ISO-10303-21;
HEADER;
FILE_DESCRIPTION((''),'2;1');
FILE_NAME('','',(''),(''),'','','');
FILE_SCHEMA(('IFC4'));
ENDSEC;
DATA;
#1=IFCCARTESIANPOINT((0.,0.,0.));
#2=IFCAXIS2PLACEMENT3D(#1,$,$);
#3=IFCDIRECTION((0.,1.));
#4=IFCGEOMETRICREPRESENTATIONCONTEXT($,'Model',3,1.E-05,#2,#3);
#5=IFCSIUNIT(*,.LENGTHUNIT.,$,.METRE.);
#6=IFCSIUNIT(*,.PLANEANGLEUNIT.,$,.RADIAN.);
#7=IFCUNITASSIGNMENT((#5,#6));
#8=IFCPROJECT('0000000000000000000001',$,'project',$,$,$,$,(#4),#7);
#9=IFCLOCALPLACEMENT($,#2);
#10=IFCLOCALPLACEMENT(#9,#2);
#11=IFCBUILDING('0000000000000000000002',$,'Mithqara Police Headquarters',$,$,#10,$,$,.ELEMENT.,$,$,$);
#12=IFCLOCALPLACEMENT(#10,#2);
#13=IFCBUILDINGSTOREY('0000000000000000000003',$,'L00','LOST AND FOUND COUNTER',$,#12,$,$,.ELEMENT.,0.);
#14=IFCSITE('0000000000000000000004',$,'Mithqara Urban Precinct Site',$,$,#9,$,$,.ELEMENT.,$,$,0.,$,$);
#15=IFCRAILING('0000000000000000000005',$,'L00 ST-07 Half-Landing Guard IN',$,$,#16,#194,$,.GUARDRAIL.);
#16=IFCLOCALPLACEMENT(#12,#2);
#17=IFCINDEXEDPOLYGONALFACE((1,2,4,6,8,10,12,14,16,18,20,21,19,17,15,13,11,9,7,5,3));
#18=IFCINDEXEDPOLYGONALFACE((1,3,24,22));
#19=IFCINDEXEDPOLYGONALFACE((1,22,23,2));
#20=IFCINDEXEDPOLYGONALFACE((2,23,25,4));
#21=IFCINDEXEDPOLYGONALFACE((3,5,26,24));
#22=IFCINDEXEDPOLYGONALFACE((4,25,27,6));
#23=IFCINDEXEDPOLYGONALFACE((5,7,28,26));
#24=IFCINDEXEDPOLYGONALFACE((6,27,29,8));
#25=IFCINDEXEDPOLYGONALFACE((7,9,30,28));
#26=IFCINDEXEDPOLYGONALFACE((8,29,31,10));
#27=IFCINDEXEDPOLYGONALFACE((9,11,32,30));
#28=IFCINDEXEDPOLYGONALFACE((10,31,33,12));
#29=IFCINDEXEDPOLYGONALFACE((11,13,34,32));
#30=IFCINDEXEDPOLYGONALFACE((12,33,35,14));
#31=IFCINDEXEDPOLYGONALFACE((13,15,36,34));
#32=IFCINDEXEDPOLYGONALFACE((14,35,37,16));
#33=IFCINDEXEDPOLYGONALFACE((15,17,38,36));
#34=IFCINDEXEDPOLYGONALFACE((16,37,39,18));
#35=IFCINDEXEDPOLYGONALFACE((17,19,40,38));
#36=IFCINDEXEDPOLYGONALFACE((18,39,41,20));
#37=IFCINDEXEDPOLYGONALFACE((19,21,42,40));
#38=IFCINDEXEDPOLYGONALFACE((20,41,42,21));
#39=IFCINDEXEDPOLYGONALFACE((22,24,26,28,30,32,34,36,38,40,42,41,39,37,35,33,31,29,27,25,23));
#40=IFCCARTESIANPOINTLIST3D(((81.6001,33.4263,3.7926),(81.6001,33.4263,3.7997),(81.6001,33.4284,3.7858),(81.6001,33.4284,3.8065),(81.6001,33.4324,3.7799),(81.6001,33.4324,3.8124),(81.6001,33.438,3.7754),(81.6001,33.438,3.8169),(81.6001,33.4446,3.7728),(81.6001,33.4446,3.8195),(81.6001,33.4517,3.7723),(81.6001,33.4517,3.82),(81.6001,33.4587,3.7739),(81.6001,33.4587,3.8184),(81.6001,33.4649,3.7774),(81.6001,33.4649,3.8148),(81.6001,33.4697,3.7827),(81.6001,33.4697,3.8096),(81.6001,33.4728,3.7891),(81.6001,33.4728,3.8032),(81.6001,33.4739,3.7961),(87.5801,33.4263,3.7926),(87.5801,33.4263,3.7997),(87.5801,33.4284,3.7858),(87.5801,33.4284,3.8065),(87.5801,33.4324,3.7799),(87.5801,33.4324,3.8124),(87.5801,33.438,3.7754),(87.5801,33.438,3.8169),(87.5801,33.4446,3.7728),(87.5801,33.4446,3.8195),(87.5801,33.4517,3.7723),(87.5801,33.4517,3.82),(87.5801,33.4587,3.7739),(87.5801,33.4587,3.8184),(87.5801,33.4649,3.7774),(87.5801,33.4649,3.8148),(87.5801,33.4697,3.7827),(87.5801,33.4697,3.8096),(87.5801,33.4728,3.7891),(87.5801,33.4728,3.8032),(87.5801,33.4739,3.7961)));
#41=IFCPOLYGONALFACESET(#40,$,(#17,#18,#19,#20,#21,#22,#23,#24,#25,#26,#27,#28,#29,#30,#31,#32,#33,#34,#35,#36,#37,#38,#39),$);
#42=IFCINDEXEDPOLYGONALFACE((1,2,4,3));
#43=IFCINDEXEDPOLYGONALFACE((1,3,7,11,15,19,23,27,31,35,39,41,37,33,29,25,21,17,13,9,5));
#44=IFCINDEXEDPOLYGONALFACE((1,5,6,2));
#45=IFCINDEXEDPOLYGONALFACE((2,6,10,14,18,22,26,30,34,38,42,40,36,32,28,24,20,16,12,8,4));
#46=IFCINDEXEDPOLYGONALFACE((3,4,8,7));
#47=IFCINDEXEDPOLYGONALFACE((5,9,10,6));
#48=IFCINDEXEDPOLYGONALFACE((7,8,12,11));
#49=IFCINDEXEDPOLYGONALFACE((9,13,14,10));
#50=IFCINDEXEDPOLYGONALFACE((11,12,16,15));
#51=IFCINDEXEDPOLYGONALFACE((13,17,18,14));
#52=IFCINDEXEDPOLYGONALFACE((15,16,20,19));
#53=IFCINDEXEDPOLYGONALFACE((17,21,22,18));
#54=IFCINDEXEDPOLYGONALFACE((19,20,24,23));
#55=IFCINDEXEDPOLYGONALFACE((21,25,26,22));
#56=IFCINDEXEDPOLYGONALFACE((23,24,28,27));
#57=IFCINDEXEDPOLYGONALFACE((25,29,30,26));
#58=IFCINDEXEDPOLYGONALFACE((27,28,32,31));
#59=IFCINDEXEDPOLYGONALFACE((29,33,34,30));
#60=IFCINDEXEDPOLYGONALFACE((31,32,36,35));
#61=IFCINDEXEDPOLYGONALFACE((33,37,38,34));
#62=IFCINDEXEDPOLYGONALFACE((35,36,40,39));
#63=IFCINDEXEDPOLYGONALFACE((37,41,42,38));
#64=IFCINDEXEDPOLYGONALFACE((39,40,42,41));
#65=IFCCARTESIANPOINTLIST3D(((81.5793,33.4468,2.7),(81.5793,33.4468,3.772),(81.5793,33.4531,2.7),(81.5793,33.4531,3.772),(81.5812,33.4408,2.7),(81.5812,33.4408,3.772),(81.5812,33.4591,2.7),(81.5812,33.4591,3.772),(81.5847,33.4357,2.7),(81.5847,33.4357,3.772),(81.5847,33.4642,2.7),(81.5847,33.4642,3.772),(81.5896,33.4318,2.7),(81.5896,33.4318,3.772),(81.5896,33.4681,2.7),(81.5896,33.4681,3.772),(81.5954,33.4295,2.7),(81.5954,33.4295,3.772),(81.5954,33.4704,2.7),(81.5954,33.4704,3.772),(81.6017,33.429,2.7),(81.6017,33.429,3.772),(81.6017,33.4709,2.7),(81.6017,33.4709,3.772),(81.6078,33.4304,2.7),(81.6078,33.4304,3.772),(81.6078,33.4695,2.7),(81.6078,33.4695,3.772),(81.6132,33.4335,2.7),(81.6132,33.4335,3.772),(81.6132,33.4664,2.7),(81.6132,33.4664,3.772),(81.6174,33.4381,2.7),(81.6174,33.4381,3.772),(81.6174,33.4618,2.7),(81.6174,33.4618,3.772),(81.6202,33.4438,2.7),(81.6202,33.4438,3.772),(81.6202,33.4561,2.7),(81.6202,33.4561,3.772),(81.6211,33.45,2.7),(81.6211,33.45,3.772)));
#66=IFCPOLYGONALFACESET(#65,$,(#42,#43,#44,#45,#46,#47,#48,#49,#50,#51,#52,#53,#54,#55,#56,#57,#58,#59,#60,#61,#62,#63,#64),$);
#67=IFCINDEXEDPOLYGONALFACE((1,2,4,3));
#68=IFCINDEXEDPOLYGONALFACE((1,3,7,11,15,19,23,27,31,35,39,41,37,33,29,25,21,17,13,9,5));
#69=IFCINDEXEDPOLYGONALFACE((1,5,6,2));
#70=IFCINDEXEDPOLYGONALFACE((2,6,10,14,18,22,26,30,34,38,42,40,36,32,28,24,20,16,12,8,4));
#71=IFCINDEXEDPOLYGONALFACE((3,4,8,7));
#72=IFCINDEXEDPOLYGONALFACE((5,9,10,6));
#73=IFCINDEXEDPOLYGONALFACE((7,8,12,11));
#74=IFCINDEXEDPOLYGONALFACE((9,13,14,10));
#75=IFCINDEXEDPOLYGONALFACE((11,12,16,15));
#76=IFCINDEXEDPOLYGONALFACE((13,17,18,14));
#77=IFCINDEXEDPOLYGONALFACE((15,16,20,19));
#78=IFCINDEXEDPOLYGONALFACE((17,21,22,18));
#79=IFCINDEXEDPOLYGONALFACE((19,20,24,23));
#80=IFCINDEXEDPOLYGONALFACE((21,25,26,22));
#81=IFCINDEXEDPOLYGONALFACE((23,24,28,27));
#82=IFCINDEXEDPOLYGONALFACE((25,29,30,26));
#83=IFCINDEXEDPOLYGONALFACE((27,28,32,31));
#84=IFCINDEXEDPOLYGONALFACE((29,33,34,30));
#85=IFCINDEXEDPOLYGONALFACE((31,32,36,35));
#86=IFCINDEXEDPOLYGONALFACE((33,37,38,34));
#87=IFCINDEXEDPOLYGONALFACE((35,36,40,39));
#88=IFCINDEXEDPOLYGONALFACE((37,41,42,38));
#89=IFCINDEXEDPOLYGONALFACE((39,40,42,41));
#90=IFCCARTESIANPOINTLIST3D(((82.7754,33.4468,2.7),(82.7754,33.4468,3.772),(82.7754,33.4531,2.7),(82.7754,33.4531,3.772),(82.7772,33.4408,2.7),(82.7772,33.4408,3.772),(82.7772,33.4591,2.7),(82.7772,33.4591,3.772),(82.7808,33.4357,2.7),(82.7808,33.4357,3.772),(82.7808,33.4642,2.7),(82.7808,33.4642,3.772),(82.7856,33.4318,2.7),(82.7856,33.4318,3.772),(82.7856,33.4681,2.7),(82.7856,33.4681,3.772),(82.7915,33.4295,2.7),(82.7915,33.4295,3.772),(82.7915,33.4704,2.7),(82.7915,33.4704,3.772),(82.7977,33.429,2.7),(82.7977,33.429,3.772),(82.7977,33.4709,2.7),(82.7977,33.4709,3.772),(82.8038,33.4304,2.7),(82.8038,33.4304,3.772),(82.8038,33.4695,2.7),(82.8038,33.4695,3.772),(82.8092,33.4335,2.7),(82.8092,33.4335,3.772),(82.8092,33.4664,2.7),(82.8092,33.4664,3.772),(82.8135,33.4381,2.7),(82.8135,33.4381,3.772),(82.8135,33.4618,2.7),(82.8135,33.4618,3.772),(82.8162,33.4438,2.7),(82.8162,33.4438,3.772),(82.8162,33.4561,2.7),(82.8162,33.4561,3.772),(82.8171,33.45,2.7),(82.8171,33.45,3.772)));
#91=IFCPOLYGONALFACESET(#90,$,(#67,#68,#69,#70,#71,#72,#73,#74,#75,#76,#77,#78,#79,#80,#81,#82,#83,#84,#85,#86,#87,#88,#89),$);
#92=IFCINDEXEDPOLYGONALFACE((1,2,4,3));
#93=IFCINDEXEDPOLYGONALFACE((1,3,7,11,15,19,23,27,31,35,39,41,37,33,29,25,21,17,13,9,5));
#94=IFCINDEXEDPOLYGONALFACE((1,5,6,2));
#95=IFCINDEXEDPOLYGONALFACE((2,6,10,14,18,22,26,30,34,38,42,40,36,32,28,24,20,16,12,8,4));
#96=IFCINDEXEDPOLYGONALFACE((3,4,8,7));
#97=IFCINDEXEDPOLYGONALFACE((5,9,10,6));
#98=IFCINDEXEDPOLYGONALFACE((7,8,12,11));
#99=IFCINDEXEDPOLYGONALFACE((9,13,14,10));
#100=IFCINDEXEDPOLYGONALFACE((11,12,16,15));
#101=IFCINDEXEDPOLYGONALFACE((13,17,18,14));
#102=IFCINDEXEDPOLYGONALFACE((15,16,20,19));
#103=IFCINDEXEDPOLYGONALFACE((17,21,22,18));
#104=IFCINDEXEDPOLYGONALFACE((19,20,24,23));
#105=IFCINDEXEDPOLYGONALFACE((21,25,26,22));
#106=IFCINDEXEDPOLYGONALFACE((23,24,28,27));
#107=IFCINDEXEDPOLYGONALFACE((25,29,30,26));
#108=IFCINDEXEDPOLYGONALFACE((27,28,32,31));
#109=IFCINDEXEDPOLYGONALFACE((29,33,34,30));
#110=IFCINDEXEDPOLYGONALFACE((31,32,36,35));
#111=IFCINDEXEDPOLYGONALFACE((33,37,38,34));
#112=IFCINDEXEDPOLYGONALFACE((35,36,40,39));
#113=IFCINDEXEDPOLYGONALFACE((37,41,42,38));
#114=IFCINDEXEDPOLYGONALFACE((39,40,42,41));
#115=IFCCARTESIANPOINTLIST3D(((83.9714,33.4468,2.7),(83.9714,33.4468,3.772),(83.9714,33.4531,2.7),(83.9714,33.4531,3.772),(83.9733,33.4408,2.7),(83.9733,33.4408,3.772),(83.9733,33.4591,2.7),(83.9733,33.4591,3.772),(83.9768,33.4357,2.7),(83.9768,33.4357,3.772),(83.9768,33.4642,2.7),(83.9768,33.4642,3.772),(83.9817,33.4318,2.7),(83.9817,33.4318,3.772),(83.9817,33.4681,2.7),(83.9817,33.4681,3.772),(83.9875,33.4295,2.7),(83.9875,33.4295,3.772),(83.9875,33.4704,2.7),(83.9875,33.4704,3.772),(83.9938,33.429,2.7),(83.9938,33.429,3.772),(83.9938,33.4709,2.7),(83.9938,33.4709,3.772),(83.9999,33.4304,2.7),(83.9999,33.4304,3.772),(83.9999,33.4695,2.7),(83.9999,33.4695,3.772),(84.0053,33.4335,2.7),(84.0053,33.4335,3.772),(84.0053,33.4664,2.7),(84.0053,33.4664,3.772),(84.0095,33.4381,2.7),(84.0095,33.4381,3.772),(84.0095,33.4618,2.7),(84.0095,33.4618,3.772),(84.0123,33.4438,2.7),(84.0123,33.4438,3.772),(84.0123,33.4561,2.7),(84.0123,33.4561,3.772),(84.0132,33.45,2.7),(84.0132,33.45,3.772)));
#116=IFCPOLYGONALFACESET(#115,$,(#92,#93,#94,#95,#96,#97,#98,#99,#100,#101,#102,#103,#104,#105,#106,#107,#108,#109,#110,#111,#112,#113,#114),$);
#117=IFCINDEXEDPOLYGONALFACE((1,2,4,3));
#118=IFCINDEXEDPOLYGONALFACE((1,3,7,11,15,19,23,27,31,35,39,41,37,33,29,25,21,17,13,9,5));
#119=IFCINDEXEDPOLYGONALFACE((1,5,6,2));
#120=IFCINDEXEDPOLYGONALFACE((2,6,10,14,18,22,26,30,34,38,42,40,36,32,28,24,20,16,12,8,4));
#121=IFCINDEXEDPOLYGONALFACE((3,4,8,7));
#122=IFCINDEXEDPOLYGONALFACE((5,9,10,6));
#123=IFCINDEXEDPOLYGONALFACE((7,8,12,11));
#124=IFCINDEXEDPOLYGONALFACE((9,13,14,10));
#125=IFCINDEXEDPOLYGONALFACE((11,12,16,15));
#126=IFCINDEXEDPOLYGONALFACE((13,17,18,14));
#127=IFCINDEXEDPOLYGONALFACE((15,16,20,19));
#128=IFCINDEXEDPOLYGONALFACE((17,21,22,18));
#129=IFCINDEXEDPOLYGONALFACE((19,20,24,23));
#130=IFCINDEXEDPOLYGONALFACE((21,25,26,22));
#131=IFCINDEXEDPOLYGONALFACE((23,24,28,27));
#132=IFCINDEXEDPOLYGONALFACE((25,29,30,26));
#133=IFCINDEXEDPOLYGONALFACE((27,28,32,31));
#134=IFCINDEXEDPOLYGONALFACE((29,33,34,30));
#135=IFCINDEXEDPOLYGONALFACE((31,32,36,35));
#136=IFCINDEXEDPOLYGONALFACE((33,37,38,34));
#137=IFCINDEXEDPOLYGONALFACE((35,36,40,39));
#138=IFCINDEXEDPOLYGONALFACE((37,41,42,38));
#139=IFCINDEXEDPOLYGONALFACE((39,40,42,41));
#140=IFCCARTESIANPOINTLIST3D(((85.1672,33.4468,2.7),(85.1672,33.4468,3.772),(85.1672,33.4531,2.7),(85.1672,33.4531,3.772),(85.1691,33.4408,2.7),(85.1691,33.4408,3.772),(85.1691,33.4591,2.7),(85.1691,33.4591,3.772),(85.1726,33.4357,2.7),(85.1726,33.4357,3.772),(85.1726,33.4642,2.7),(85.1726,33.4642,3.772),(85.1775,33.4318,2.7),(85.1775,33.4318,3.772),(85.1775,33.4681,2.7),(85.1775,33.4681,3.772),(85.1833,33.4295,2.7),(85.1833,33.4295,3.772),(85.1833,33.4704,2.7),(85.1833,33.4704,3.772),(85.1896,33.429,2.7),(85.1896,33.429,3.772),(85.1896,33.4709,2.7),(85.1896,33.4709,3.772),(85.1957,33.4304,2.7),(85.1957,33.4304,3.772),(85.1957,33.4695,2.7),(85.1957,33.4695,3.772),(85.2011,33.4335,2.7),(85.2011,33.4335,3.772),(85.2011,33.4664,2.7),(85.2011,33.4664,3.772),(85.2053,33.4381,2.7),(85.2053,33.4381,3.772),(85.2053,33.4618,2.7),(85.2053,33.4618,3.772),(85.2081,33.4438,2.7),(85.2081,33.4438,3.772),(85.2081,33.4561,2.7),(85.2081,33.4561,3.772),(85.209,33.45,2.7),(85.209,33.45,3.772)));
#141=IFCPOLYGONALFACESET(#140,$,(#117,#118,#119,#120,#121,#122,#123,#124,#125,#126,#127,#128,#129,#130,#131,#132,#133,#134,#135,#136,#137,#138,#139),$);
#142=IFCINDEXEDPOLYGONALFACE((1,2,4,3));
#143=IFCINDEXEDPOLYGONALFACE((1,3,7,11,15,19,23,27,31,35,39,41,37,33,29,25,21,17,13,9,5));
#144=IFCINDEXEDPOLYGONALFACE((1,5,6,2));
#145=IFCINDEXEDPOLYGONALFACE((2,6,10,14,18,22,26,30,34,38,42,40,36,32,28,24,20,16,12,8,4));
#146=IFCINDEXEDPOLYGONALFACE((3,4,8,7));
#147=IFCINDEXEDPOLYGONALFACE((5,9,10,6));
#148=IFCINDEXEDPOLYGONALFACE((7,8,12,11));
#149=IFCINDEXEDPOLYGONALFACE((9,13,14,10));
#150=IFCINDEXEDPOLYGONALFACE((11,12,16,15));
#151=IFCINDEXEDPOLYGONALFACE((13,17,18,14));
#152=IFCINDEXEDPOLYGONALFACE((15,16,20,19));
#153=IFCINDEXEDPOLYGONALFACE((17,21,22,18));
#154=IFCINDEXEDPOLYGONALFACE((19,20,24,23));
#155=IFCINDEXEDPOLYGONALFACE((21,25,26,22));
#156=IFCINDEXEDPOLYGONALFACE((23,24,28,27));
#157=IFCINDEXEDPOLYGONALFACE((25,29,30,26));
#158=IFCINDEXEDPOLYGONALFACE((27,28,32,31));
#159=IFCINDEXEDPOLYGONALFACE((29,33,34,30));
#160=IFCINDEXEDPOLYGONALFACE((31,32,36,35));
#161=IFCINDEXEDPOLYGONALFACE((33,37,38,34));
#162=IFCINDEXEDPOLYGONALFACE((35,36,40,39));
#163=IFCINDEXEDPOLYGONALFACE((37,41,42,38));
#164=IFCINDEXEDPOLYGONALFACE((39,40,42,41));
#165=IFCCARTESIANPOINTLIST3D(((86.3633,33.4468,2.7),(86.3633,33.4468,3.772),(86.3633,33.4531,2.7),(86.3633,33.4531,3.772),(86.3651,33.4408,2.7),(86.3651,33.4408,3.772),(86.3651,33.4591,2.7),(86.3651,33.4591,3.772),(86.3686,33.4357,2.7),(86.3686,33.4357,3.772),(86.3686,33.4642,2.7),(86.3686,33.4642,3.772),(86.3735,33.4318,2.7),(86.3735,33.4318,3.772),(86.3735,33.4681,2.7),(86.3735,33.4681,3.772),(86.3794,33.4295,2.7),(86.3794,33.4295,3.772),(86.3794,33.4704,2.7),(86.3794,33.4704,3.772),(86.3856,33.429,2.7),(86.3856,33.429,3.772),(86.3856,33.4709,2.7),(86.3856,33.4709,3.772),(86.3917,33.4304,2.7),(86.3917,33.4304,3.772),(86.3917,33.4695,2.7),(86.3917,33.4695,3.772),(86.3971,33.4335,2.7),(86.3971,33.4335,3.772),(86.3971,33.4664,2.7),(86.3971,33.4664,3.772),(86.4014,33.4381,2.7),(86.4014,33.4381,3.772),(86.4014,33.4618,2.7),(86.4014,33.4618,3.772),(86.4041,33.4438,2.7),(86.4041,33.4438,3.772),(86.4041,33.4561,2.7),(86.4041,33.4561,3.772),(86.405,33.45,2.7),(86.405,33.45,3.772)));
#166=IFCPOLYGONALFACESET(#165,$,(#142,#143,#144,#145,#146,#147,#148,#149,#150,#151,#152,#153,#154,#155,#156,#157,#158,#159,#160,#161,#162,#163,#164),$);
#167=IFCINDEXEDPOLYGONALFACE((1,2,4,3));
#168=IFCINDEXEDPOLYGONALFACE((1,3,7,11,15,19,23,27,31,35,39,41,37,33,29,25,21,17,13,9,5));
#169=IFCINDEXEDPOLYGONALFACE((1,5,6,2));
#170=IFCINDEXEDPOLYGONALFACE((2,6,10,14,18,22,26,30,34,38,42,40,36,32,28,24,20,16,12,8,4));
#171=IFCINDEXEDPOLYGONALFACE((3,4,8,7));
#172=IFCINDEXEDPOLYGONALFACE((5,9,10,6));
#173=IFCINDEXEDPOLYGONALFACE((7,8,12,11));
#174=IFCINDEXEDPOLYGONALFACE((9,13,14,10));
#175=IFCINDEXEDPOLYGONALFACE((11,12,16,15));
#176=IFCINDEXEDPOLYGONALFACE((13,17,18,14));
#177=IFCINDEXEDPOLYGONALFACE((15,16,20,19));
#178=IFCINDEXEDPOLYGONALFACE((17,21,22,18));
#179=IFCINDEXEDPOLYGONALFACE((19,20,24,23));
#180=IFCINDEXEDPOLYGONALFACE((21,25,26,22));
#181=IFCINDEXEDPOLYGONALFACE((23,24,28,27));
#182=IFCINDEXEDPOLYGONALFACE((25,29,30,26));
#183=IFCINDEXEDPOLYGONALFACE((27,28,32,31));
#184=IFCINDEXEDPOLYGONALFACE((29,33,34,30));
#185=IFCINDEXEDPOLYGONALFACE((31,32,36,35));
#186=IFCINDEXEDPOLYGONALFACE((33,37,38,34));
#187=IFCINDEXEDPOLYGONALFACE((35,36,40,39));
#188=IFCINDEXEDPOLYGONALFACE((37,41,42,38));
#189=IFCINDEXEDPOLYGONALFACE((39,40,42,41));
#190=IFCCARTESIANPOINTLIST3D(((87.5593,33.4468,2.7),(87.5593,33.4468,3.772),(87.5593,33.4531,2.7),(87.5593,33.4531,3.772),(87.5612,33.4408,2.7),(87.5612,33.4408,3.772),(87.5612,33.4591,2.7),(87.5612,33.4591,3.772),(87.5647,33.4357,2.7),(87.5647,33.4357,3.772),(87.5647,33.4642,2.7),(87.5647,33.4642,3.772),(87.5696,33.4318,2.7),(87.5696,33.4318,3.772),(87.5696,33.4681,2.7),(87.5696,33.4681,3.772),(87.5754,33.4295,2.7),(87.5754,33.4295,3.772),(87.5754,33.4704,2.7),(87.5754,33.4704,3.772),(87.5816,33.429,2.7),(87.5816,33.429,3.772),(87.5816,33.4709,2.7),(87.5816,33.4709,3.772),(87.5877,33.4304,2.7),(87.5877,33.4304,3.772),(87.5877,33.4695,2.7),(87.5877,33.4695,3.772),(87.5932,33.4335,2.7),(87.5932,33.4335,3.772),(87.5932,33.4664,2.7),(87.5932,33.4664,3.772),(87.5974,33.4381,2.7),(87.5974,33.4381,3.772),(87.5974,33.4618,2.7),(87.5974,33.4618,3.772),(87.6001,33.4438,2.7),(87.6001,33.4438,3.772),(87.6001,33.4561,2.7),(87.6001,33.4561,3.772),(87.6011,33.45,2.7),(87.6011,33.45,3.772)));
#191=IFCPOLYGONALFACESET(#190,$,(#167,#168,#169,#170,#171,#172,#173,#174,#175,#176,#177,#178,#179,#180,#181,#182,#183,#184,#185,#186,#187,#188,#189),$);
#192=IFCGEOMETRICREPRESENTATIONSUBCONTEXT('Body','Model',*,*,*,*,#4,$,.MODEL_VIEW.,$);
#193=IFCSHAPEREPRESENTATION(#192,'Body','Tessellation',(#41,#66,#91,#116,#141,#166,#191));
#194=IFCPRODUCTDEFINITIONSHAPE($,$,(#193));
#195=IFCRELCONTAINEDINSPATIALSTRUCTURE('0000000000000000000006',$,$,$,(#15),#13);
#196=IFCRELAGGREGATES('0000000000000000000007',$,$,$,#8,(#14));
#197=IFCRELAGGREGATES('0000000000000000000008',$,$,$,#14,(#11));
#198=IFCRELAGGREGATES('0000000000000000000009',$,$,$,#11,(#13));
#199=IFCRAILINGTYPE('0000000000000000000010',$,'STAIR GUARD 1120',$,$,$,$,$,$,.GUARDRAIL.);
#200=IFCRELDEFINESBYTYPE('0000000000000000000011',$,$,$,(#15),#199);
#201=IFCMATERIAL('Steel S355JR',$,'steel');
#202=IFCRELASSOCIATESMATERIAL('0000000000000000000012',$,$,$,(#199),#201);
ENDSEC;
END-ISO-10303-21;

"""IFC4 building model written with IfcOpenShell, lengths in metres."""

from ifc_helpers import new_model, si_unit, direction, frame, origin, origin_2d, place, context, subcontext, project, spatial, circle, extrude, material, type_object, element, save


model = new_model("IFC4")

# Units and contexts
model_context = context("Model", 3, precision=1e-05, world=origin(), true_north=direction((0.0, 1.0)))
body_context = subcontext(model_context, "Body", "Model", "MODEL_VIEW")
ifc_project = project(units=[si_unit("LENGTHUNIT", "METRE"), si_unit("PLANEANGLEUNIT", "RADIAN")], contexts=[model_context])

# Site, building, storey
site_placement = place(None, origin())
site = spatial("IfcSite", under=ifc_project, at=site_placement, Name="Mithqara Urban Precinct Site", CompositionType="ELEMENT", RefElevation=0.0)
building_placement = place(site_placement, origin())
building = spatial("IfcBuilding", under=site, at=building_placement, Name="Mithqara Police Headquarters", CompositionType="ELEMENT")
storey_placement = place(building_placement, origin())
storey = spatial("IfcBuildingStorey", under=building, at=storey_placement, Name="L00", Description="LOST AND FOUND COUNTER", CompositionType="ELEMENT", Elevation=0.0)

# Shared definitions
ifc_material_1 = material(Name="Steel S355JR", Category="steel")

# Railing
railing_type_1 = type_object("IfcRailingType", Name="STAIR GUARD 1120", PredefinedType="GUARDRAIL", material=ifc_material_1)
for number, where, name in (
    (1, (81.6001, 33.45, 2.7), "L00 ST-07 Half-Landing Guard IN"),
):
    element("IfcRailing", number, at=place(storey_placement, frame(where)), inside=storey, type_object=railing_type_1, Name=name, PredefinedType="GUARDRAIL", context=body_context, shape_type="SweptSolid", body=[
        extrude(circle(Radius=0.0239, at=origin_2d()), frame((0.0, 0.0, 1.0962), z_axis=(1.0, 0.0, 0.0), x_axis=(0.0, 1.0, 0.0)), (0.0, 0.0, 1.0), 5.98),
        extrude(circle(Radius=0.021, at=origin_2d()), origin(), (0.0, 0.0, 1.0), 1.072),
        extrude(circle(Radius=0.021, at=origin_2d()), frame((1.196, 0.0, 0.0)), (0.0, 0.0, 1.0), 1.072),
        extrude(circle(Radius=0.021, at=origin_2d()), frame((2.3921, 0.0, 0.0)), (0.0, 0.0, 1.0), 1.072),
        extrude(circle(Radius=0.021, at=origin_2d()), frame((3.5879, 0.0, 0.0)), (0.0, 0.0, 1.0), 1.072),
        extrude(circle(Radius=0.021, at=origin_2d()), frame((4.7839, 0.0, 0.0)), (0.0, 0.0, 1.0), 1.072),
        extrude(circle(Radius=0.021, at=origin_2d()), frame((5.98, 0.0, 0.0)), (0.0, 0.0, 1.0), 1.072),
    ])

save(model, "model.ifc")
